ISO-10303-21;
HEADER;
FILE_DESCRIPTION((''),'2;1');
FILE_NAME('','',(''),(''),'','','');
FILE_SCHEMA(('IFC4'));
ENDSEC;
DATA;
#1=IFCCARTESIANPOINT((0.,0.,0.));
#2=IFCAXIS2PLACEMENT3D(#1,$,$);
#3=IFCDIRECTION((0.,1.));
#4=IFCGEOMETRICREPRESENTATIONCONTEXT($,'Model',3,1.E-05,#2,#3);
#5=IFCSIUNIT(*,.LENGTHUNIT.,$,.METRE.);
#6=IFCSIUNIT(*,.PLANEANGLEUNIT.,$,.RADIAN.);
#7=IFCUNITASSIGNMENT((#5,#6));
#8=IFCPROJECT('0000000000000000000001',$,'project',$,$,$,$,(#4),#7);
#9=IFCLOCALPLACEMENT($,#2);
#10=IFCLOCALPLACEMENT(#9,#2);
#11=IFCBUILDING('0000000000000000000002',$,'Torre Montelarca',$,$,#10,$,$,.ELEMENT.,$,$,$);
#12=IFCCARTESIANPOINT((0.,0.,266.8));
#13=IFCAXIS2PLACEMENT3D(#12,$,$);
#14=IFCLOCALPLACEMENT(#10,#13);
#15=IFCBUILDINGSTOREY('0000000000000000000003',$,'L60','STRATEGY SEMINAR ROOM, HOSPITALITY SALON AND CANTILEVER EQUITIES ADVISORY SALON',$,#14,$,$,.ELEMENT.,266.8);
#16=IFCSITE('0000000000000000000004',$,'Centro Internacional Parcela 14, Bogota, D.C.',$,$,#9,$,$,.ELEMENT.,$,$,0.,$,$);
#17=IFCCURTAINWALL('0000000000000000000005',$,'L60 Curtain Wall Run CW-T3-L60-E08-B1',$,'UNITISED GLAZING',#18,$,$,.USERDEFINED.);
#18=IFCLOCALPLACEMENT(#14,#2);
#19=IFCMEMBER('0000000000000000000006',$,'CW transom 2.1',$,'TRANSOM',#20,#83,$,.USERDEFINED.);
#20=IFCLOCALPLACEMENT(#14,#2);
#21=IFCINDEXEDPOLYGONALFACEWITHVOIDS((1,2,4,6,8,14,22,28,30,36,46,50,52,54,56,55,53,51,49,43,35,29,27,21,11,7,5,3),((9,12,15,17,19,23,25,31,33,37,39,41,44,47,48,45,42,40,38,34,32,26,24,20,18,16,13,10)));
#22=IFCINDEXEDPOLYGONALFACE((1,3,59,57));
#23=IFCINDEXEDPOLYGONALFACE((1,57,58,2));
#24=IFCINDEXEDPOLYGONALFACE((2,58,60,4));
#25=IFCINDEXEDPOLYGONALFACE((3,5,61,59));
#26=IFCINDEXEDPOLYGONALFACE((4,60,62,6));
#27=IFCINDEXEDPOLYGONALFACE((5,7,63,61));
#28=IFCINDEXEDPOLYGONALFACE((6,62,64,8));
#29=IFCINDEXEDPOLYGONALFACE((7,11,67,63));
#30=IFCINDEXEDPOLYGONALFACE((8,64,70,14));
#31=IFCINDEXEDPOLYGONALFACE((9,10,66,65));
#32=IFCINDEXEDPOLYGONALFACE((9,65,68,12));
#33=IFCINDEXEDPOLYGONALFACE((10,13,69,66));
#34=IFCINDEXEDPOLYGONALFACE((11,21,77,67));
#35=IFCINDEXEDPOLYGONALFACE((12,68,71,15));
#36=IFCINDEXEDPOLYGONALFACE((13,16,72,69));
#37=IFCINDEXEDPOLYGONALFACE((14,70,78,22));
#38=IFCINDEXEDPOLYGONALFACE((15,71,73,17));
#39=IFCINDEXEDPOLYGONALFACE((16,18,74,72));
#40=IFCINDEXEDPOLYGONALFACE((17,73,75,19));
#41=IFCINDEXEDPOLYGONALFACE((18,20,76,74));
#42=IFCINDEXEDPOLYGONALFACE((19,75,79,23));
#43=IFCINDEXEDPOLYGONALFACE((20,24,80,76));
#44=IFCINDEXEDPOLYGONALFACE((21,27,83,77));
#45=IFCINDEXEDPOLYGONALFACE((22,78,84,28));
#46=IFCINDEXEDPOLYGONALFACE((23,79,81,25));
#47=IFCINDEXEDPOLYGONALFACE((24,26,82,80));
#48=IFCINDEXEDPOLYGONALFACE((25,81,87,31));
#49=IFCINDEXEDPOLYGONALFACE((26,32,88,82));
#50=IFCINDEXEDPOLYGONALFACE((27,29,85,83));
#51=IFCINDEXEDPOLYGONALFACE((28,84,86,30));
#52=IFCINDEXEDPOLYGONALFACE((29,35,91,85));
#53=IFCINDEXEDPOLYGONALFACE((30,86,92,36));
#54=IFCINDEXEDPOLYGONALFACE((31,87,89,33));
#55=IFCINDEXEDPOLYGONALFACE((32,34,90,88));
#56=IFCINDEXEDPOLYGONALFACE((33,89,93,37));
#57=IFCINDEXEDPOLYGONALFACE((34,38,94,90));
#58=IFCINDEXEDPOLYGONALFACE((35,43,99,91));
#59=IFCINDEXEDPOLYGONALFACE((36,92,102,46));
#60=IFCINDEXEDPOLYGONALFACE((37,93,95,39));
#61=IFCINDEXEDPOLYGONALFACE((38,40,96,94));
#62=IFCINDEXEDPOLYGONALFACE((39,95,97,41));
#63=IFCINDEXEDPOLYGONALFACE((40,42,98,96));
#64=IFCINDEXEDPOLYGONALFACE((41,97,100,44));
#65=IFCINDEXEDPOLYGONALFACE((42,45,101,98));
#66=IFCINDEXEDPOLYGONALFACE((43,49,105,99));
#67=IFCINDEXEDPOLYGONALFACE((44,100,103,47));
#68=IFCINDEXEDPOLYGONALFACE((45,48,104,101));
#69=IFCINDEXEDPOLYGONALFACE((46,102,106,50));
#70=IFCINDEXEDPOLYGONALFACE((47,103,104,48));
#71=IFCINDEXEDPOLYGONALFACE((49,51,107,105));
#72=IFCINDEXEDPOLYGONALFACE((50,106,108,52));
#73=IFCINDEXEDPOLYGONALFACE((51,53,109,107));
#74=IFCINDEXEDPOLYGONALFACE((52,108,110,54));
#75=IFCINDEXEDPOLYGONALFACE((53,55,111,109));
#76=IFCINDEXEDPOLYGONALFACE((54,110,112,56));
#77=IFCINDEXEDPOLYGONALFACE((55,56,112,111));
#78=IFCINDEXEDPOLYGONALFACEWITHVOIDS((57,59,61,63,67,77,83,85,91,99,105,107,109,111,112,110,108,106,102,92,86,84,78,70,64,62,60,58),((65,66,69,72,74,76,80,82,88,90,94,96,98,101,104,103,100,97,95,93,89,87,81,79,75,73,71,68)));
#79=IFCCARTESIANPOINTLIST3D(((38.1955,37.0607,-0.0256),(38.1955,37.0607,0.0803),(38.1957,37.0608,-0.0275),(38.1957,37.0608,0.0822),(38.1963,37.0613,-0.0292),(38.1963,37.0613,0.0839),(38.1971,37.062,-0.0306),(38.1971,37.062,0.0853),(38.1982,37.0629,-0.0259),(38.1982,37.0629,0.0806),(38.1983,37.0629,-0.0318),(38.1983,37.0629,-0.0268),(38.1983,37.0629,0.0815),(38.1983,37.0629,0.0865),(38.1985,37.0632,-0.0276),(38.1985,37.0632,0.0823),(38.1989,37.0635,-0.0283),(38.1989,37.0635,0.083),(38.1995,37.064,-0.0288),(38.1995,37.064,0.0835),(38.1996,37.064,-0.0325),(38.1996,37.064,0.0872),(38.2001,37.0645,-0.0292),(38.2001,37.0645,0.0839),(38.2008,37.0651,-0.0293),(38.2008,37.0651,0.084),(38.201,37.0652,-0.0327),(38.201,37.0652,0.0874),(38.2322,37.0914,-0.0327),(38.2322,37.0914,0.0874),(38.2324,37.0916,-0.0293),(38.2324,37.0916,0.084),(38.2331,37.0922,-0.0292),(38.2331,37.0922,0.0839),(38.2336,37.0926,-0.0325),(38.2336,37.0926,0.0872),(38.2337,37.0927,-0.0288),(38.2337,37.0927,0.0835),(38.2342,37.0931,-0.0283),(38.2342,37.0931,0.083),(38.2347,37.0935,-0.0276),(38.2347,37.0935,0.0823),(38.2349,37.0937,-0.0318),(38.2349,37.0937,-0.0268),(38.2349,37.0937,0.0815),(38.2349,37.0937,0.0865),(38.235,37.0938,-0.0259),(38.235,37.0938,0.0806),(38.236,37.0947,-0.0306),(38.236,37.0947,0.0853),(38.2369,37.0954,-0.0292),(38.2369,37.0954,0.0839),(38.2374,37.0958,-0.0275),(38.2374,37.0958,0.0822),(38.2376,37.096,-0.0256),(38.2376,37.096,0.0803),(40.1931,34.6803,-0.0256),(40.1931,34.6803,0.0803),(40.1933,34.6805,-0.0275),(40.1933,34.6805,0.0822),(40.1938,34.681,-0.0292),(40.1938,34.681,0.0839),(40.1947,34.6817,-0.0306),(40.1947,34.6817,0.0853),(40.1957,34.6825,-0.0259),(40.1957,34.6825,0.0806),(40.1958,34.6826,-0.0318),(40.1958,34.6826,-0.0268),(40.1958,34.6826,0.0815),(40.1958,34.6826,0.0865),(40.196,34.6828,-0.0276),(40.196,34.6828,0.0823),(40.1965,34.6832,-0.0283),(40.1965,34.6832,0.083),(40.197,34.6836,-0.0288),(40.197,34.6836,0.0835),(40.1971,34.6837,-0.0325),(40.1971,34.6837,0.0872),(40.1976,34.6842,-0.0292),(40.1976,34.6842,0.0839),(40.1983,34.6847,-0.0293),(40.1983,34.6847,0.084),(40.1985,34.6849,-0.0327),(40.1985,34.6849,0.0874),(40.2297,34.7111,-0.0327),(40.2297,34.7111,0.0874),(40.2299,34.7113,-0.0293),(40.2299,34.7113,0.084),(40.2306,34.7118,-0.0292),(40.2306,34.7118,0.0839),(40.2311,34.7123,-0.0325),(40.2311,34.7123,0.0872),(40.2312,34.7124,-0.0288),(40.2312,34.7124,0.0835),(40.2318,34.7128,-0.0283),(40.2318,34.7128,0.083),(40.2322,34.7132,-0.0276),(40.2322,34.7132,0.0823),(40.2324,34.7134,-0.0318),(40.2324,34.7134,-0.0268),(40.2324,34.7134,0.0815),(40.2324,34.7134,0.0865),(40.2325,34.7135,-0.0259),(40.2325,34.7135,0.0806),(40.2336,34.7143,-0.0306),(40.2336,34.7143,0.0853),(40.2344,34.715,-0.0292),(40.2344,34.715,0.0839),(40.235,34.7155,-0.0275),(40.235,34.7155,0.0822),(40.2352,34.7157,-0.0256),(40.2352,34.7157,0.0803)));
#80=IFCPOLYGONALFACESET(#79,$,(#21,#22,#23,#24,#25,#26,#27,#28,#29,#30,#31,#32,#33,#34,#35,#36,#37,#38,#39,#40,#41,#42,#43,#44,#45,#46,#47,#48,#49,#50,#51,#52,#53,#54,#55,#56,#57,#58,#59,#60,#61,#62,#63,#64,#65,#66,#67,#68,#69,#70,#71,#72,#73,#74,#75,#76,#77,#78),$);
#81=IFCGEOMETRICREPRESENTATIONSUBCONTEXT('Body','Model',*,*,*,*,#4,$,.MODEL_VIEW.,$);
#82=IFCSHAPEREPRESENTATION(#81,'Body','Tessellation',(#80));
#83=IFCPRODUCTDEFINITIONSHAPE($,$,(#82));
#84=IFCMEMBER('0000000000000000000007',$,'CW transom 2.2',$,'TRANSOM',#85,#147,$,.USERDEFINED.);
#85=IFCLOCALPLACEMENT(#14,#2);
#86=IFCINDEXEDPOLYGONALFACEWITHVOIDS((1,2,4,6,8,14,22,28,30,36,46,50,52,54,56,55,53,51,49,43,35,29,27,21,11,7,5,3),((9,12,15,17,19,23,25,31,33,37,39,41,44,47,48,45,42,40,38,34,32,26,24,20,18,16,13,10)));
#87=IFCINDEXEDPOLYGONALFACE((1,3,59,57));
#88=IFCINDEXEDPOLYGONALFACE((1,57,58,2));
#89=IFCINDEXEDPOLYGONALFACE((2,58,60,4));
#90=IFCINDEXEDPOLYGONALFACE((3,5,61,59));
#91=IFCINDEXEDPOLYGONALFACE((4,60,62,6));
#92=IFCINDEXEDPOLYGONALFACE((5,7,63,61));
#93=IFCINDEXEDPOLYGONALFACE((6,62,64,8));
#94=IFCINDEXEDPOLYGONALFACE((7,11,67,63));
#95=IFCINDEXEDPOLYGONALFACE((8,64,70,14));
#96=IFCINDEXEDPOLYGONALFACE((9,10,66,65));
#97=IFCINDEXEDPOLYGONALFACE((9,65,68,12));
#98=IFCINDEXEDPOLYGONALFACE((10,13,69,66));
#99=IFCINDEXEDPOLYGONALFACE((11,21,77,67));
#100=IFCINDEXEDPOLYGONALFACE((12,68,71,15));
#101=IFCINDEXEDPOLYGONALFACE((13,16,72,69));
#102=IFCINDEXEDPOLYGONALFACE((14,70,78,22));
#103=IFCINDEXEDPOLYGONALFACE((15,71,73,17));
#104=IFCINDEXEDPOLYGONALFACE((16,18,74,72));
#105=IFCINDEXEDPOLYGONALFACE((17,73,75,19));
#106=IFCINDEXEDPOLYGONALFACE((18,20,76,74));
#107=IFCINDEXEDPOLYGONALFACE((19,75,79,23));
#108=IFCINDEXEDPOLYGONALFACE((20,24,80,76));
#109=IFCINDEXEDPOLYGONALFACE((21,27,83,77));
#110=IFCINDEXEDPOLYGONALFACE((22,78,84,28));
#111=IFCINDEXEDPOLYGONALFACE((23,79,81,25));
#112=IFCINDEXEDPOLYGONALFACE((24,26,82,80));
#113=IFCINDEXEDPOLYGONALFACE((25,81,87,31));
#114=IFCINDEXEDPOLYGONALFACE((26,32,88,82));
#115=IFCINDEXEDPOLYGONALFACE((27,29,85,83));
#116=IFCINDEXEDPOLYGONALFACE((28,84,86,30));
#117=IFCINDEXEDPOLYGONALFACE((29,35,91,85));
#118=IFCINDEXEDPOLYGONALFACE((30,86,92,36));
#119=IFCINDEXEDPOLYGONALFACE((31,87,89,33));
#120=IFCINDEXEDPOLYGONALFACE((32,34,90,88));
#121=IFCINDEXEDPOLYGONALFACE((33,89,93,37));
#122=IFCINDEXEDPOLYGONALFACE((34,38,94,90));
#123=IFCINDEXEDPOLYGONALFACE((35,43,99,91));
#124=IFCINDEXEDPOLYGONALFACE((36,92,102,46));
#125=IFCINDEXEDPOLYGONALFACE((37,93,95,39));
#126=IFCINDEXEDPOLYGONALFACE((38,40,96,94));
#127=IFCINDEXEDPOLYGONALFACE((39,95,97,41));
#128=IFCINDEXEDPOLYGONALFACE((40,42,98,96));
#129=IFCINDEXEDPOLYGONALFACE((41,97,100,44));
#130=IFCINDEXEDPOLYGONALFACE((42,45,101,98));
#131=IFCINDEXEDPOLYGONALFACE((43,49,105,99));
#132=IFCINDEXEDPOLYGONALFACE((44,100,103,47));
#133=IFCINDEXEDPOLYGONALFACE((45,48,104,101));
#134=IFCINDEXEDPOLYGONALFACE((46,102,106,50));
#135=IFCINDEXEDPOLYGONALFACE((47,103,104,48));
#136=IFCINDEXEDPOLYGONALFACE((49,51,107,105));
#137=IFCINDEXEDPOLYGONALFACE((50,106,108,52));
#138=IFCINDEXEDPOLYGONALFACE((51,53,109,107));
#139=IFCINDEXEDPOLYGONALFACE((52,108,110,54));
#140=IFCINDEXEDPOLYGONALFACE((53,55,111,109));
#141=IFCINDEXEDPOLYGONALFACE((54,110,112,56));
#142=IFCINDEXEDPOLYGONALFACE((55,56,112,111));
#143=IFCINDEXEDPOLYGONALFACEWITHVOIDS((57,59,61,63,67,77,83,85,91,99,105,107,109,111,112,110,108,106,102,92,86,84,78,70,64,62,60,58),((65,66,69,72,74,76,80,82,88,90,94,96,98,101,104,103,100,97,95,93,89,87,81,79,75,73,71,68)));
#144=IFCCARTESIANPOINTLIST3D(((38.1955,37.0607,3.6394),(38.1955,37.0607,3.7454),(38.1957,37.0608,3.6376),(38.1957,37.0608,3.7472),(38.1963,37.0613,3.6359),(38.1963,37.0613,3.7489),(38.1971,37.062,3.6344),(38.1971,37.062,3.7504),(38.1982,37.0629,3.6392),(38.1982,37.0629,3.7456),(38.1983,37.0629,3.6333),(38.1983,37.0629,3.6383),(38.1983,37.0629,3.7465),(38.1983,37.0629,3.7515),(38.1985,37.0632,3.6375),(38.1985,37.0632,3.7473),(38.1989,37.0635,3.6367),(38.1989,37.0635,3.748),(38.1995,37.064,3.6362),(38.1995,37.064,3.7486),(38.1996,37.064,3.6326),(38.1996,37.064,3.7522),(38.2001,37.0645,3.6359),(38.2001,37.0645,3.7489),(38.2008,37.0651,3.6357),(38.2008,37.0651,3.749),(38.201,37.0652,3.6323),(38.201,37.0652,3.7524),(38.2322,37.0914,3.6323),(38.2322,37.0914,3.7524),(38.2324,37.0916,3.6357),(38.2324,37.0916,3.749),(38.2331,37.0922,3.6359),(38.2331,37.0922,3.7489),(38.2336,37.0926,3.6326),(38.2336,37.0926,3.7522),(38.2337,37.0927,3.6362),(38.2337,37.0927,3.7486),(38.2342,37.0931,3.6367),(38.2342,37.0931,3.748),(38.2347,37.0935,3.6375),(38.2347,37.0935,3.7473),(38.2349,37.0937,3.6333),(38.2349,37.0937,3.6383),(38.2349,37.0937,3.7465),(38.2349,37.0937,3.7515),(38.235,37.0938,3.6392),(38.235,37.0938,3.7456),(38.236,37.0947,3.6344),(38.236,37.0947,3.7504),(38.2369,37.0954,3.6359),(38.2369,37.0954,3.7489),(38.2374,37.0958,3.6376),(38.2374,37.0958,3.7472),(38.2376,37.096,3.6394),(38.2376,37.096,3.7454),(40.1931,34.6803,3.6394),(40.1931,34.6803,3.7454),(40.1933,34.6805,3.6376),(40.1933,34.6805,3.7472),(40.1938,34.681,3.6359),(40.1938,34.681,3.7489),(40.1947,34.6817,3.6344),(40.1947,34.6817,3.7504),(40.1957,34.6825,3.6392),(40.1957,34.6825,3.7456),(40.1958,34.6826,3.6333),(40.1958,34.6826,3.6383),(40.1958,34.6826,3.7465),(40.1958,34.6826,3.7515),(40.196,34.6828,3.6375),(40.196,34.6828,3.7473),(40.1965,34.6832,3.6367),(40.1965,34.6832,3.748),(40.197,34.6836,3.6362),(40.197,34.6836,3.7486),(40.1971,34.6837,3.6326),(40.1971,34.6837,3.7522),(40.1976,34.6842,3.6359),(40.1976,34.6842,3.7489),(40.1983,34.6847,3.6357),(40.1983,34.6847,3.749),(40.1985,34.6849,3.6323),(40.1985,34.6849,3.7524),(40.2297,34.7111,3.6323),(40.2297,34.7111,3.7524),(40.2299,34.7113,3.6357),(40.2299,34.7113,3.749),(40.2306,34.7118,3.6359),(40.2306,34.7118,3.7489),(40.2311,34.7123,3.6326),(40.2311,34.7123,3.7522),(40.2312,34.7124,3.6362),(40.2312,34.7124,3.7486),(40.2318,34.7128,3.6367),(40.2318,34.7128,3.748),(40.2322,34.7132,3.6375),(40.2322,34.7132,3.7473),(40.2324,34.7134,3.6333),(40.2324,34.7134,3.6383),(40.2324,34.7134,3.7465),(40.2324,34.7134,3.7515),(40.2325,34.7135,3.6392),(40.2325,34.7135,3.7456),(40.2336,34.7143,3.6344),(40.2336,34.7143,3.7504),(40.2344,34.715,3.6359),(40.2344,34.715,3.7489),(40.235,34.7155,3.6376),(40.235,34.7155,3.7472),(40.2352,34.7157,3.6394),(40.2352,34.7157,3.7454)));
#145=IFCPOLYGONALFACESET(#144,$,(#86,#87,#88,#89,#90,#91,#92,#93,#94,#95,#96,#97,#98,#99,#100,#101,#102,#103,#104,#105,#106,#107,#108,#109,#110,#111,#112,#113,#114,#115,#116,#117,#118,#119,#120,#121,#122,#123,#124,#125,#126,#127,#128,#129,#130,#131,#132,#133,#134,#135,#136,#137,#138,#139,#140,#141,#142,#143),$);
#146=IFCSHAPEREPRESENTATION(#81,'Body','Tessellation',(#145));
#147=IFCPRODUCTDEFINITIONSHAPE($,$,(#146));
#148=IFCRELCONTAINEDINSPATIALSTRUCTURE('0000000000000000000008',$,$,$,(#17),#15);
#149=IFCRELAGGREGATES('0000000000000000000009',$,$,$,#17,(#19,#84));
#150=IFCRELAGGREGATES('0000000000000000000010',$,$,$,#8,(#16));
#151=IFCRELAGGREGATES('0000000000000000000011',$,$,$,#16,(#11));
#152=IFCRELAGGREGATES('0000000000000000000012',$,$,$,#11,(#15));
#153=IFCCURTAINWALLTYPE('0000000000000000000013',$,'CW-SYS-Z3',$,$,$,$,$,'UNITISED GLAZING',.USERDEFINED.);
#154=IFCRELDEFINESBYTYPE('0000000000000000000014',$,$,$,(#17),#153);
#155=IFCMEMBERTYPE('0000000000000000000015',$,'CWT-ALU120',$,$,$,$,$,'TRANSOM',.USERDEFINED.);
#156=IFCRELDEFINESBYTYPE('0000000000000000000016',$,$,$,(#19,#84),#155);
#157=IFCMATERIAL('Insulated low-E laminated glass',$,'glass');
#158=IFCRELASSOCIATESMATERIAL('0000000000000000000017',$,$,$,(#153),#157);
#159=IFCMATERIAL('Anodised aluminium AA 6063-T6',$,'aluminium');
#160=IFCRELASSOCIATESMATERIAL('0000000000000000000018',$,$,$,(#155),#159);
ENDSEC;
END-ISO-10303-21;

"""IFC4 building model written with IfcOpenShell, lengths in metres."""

from ifc_helpers import new_model, si_unit, direction, frame, origin, origin_2d, place, context, subcontext, project, spatial, hollow_rectangle, extrude, source, transform, mapped, material, material_profile, profile_set, type_object, element, aggregate, save


model = new_model("IFC4")

# Units and contexts
model_context = context("Model", 3, precision=1e-05, world=origin(), true_north=direction((0.0, 1.0)))
body_context = subcontext(model_context, "Body", "Model", "MODEL_VIEW")
ifc_project = project(units=[si_unit("LENGTHUNIT", "METRE"), si_unit("PLANEANGLEUNIT", "RADIAN")], contexts=[model_context])

# Site, building, storey
site_placement = place(None, origin())
site = spatial("IfcSite", under=ifc_project, at=site_placement, Name="Centro Internacional Parcela 14, Bogota, D.C.", CompositionType="ELEMENT", RefElevation=0.0)
building_placement = place(site_placement, origin())
building = spatial("IfcBuilding", under=site, at=building_placement, Name="Torre Montelarca", CompositionType="ELEMENT")
storey_placement = place(building_placement, frame((0.0, 0.0, 266.8)))
storey = spatial("IfcBuildingStorey", under=building, at=storey_placement, Name="L60", Description="STRATEGY SEMINAR ROOM, HOSPITALITY SALON AND CANTILEVER EQUITIES ADVISORY SALON", CompositionType="ELEMENT", Elevation=266.8)

# Curtain wall
ifc_material_1 = material(Name="Insulated low-E laminated glass", Category="glass")
curtain_wall_type = type_object("IfcCurtainWallType", Name="CW-SYS-Z3", ElementType="UNITISED GLAZING", PredefinedType="USERDEFINED", material=ifc_material_1)
curtain_wall_1_placement = place(storey_placement, origin())
curtain_wall_1 = element("IfcCurtainWall", 1, at=curtain_wall_1_placement, inside=storey, type_object=curtain_wall_type, Name="L60 Curtain Wall Run CW-T3-L60-E08-B1", ObjectType="UNITISED GLAZING", PredefinedType="USERDEFINED")
ifc_material_2 = material(Name="Anodised aluminium AA 6063-T6", Category="aluminium")

# Members
ifc_material_profile_1 = material_profile(ifc_material_2, hollow_rectangle(XDim=0.0549, YDim=0.1201, WallThickness=0.0034, InnerFilletRadius=0.0034, OuterFilletRadius=0.0071, at=origin_2d()), Name="ALU55X120X3.5", Category="aluminium")
ifc_profile_set_1 = profile_set([ifc_material_profile_1], Name="Anodised aluminium AA 6063-T6")
member_type_1 = type_object("IfcMemberType", Name="CWT-ALU120", ElementType="TRANSOM", PredefinedType="USERDEFINED", material=ifc_profile_set_1)
shared_shape_1 = source(origin(), body_context, "Body", "SweptSolid", [
    extrude(hollow_rectangle(XDim=0.0549, YDim=0.1201, WallThickness=0.0034, InnerFilletRadius=0.0034, OuterFilletRadius=0.0071, at=origin_2d()), origin(), (0.0, 0.0, 1.0), 3.1074),
])
member_1_placement = place(storey_placement, frame((40.2141, 34.698, 0.0273), z_axis=(-0.642824, 0.766014, 0.0), x_axis=(-0.766014, -0.642824, 0.0)))
member_1 = element("IfcMember", 2, at=member_1_placement, type_object=member_type_1, Name="CW transom 2.1", ObjectType="TRANSOM", PredefinedType="USERDEFINED", context=body_context, shape_type="MappedRepresentation", body=[
    mapped(shared_shape_1, transform((0.0, 0.0, 0.0), scale=1.0)),
])
member_2_placement = place(storey_placement, frame((40.2141, 34.698, 3.6924), z_axis=(-0.642824, 0.766014, 0.0), x_axis=(-0.766014, -0.642824, 0.0)))
member_2 = element("IfcMember", 3, at=member_2_placement, type_object=member_type_1, Name="CW transom 2.2", ObjectType="TRANSOM", PredefinedType="USERDEFINED", context=body_context, shape_type="MappedRepresentation", body=[
    mapped(shared_shape_1, transform((0.0, 0.0, 0.0), scale=1.0)),
])

aggregate(curtain_wall_1, [member_1, member_2])

save(model, "model.ifc")
